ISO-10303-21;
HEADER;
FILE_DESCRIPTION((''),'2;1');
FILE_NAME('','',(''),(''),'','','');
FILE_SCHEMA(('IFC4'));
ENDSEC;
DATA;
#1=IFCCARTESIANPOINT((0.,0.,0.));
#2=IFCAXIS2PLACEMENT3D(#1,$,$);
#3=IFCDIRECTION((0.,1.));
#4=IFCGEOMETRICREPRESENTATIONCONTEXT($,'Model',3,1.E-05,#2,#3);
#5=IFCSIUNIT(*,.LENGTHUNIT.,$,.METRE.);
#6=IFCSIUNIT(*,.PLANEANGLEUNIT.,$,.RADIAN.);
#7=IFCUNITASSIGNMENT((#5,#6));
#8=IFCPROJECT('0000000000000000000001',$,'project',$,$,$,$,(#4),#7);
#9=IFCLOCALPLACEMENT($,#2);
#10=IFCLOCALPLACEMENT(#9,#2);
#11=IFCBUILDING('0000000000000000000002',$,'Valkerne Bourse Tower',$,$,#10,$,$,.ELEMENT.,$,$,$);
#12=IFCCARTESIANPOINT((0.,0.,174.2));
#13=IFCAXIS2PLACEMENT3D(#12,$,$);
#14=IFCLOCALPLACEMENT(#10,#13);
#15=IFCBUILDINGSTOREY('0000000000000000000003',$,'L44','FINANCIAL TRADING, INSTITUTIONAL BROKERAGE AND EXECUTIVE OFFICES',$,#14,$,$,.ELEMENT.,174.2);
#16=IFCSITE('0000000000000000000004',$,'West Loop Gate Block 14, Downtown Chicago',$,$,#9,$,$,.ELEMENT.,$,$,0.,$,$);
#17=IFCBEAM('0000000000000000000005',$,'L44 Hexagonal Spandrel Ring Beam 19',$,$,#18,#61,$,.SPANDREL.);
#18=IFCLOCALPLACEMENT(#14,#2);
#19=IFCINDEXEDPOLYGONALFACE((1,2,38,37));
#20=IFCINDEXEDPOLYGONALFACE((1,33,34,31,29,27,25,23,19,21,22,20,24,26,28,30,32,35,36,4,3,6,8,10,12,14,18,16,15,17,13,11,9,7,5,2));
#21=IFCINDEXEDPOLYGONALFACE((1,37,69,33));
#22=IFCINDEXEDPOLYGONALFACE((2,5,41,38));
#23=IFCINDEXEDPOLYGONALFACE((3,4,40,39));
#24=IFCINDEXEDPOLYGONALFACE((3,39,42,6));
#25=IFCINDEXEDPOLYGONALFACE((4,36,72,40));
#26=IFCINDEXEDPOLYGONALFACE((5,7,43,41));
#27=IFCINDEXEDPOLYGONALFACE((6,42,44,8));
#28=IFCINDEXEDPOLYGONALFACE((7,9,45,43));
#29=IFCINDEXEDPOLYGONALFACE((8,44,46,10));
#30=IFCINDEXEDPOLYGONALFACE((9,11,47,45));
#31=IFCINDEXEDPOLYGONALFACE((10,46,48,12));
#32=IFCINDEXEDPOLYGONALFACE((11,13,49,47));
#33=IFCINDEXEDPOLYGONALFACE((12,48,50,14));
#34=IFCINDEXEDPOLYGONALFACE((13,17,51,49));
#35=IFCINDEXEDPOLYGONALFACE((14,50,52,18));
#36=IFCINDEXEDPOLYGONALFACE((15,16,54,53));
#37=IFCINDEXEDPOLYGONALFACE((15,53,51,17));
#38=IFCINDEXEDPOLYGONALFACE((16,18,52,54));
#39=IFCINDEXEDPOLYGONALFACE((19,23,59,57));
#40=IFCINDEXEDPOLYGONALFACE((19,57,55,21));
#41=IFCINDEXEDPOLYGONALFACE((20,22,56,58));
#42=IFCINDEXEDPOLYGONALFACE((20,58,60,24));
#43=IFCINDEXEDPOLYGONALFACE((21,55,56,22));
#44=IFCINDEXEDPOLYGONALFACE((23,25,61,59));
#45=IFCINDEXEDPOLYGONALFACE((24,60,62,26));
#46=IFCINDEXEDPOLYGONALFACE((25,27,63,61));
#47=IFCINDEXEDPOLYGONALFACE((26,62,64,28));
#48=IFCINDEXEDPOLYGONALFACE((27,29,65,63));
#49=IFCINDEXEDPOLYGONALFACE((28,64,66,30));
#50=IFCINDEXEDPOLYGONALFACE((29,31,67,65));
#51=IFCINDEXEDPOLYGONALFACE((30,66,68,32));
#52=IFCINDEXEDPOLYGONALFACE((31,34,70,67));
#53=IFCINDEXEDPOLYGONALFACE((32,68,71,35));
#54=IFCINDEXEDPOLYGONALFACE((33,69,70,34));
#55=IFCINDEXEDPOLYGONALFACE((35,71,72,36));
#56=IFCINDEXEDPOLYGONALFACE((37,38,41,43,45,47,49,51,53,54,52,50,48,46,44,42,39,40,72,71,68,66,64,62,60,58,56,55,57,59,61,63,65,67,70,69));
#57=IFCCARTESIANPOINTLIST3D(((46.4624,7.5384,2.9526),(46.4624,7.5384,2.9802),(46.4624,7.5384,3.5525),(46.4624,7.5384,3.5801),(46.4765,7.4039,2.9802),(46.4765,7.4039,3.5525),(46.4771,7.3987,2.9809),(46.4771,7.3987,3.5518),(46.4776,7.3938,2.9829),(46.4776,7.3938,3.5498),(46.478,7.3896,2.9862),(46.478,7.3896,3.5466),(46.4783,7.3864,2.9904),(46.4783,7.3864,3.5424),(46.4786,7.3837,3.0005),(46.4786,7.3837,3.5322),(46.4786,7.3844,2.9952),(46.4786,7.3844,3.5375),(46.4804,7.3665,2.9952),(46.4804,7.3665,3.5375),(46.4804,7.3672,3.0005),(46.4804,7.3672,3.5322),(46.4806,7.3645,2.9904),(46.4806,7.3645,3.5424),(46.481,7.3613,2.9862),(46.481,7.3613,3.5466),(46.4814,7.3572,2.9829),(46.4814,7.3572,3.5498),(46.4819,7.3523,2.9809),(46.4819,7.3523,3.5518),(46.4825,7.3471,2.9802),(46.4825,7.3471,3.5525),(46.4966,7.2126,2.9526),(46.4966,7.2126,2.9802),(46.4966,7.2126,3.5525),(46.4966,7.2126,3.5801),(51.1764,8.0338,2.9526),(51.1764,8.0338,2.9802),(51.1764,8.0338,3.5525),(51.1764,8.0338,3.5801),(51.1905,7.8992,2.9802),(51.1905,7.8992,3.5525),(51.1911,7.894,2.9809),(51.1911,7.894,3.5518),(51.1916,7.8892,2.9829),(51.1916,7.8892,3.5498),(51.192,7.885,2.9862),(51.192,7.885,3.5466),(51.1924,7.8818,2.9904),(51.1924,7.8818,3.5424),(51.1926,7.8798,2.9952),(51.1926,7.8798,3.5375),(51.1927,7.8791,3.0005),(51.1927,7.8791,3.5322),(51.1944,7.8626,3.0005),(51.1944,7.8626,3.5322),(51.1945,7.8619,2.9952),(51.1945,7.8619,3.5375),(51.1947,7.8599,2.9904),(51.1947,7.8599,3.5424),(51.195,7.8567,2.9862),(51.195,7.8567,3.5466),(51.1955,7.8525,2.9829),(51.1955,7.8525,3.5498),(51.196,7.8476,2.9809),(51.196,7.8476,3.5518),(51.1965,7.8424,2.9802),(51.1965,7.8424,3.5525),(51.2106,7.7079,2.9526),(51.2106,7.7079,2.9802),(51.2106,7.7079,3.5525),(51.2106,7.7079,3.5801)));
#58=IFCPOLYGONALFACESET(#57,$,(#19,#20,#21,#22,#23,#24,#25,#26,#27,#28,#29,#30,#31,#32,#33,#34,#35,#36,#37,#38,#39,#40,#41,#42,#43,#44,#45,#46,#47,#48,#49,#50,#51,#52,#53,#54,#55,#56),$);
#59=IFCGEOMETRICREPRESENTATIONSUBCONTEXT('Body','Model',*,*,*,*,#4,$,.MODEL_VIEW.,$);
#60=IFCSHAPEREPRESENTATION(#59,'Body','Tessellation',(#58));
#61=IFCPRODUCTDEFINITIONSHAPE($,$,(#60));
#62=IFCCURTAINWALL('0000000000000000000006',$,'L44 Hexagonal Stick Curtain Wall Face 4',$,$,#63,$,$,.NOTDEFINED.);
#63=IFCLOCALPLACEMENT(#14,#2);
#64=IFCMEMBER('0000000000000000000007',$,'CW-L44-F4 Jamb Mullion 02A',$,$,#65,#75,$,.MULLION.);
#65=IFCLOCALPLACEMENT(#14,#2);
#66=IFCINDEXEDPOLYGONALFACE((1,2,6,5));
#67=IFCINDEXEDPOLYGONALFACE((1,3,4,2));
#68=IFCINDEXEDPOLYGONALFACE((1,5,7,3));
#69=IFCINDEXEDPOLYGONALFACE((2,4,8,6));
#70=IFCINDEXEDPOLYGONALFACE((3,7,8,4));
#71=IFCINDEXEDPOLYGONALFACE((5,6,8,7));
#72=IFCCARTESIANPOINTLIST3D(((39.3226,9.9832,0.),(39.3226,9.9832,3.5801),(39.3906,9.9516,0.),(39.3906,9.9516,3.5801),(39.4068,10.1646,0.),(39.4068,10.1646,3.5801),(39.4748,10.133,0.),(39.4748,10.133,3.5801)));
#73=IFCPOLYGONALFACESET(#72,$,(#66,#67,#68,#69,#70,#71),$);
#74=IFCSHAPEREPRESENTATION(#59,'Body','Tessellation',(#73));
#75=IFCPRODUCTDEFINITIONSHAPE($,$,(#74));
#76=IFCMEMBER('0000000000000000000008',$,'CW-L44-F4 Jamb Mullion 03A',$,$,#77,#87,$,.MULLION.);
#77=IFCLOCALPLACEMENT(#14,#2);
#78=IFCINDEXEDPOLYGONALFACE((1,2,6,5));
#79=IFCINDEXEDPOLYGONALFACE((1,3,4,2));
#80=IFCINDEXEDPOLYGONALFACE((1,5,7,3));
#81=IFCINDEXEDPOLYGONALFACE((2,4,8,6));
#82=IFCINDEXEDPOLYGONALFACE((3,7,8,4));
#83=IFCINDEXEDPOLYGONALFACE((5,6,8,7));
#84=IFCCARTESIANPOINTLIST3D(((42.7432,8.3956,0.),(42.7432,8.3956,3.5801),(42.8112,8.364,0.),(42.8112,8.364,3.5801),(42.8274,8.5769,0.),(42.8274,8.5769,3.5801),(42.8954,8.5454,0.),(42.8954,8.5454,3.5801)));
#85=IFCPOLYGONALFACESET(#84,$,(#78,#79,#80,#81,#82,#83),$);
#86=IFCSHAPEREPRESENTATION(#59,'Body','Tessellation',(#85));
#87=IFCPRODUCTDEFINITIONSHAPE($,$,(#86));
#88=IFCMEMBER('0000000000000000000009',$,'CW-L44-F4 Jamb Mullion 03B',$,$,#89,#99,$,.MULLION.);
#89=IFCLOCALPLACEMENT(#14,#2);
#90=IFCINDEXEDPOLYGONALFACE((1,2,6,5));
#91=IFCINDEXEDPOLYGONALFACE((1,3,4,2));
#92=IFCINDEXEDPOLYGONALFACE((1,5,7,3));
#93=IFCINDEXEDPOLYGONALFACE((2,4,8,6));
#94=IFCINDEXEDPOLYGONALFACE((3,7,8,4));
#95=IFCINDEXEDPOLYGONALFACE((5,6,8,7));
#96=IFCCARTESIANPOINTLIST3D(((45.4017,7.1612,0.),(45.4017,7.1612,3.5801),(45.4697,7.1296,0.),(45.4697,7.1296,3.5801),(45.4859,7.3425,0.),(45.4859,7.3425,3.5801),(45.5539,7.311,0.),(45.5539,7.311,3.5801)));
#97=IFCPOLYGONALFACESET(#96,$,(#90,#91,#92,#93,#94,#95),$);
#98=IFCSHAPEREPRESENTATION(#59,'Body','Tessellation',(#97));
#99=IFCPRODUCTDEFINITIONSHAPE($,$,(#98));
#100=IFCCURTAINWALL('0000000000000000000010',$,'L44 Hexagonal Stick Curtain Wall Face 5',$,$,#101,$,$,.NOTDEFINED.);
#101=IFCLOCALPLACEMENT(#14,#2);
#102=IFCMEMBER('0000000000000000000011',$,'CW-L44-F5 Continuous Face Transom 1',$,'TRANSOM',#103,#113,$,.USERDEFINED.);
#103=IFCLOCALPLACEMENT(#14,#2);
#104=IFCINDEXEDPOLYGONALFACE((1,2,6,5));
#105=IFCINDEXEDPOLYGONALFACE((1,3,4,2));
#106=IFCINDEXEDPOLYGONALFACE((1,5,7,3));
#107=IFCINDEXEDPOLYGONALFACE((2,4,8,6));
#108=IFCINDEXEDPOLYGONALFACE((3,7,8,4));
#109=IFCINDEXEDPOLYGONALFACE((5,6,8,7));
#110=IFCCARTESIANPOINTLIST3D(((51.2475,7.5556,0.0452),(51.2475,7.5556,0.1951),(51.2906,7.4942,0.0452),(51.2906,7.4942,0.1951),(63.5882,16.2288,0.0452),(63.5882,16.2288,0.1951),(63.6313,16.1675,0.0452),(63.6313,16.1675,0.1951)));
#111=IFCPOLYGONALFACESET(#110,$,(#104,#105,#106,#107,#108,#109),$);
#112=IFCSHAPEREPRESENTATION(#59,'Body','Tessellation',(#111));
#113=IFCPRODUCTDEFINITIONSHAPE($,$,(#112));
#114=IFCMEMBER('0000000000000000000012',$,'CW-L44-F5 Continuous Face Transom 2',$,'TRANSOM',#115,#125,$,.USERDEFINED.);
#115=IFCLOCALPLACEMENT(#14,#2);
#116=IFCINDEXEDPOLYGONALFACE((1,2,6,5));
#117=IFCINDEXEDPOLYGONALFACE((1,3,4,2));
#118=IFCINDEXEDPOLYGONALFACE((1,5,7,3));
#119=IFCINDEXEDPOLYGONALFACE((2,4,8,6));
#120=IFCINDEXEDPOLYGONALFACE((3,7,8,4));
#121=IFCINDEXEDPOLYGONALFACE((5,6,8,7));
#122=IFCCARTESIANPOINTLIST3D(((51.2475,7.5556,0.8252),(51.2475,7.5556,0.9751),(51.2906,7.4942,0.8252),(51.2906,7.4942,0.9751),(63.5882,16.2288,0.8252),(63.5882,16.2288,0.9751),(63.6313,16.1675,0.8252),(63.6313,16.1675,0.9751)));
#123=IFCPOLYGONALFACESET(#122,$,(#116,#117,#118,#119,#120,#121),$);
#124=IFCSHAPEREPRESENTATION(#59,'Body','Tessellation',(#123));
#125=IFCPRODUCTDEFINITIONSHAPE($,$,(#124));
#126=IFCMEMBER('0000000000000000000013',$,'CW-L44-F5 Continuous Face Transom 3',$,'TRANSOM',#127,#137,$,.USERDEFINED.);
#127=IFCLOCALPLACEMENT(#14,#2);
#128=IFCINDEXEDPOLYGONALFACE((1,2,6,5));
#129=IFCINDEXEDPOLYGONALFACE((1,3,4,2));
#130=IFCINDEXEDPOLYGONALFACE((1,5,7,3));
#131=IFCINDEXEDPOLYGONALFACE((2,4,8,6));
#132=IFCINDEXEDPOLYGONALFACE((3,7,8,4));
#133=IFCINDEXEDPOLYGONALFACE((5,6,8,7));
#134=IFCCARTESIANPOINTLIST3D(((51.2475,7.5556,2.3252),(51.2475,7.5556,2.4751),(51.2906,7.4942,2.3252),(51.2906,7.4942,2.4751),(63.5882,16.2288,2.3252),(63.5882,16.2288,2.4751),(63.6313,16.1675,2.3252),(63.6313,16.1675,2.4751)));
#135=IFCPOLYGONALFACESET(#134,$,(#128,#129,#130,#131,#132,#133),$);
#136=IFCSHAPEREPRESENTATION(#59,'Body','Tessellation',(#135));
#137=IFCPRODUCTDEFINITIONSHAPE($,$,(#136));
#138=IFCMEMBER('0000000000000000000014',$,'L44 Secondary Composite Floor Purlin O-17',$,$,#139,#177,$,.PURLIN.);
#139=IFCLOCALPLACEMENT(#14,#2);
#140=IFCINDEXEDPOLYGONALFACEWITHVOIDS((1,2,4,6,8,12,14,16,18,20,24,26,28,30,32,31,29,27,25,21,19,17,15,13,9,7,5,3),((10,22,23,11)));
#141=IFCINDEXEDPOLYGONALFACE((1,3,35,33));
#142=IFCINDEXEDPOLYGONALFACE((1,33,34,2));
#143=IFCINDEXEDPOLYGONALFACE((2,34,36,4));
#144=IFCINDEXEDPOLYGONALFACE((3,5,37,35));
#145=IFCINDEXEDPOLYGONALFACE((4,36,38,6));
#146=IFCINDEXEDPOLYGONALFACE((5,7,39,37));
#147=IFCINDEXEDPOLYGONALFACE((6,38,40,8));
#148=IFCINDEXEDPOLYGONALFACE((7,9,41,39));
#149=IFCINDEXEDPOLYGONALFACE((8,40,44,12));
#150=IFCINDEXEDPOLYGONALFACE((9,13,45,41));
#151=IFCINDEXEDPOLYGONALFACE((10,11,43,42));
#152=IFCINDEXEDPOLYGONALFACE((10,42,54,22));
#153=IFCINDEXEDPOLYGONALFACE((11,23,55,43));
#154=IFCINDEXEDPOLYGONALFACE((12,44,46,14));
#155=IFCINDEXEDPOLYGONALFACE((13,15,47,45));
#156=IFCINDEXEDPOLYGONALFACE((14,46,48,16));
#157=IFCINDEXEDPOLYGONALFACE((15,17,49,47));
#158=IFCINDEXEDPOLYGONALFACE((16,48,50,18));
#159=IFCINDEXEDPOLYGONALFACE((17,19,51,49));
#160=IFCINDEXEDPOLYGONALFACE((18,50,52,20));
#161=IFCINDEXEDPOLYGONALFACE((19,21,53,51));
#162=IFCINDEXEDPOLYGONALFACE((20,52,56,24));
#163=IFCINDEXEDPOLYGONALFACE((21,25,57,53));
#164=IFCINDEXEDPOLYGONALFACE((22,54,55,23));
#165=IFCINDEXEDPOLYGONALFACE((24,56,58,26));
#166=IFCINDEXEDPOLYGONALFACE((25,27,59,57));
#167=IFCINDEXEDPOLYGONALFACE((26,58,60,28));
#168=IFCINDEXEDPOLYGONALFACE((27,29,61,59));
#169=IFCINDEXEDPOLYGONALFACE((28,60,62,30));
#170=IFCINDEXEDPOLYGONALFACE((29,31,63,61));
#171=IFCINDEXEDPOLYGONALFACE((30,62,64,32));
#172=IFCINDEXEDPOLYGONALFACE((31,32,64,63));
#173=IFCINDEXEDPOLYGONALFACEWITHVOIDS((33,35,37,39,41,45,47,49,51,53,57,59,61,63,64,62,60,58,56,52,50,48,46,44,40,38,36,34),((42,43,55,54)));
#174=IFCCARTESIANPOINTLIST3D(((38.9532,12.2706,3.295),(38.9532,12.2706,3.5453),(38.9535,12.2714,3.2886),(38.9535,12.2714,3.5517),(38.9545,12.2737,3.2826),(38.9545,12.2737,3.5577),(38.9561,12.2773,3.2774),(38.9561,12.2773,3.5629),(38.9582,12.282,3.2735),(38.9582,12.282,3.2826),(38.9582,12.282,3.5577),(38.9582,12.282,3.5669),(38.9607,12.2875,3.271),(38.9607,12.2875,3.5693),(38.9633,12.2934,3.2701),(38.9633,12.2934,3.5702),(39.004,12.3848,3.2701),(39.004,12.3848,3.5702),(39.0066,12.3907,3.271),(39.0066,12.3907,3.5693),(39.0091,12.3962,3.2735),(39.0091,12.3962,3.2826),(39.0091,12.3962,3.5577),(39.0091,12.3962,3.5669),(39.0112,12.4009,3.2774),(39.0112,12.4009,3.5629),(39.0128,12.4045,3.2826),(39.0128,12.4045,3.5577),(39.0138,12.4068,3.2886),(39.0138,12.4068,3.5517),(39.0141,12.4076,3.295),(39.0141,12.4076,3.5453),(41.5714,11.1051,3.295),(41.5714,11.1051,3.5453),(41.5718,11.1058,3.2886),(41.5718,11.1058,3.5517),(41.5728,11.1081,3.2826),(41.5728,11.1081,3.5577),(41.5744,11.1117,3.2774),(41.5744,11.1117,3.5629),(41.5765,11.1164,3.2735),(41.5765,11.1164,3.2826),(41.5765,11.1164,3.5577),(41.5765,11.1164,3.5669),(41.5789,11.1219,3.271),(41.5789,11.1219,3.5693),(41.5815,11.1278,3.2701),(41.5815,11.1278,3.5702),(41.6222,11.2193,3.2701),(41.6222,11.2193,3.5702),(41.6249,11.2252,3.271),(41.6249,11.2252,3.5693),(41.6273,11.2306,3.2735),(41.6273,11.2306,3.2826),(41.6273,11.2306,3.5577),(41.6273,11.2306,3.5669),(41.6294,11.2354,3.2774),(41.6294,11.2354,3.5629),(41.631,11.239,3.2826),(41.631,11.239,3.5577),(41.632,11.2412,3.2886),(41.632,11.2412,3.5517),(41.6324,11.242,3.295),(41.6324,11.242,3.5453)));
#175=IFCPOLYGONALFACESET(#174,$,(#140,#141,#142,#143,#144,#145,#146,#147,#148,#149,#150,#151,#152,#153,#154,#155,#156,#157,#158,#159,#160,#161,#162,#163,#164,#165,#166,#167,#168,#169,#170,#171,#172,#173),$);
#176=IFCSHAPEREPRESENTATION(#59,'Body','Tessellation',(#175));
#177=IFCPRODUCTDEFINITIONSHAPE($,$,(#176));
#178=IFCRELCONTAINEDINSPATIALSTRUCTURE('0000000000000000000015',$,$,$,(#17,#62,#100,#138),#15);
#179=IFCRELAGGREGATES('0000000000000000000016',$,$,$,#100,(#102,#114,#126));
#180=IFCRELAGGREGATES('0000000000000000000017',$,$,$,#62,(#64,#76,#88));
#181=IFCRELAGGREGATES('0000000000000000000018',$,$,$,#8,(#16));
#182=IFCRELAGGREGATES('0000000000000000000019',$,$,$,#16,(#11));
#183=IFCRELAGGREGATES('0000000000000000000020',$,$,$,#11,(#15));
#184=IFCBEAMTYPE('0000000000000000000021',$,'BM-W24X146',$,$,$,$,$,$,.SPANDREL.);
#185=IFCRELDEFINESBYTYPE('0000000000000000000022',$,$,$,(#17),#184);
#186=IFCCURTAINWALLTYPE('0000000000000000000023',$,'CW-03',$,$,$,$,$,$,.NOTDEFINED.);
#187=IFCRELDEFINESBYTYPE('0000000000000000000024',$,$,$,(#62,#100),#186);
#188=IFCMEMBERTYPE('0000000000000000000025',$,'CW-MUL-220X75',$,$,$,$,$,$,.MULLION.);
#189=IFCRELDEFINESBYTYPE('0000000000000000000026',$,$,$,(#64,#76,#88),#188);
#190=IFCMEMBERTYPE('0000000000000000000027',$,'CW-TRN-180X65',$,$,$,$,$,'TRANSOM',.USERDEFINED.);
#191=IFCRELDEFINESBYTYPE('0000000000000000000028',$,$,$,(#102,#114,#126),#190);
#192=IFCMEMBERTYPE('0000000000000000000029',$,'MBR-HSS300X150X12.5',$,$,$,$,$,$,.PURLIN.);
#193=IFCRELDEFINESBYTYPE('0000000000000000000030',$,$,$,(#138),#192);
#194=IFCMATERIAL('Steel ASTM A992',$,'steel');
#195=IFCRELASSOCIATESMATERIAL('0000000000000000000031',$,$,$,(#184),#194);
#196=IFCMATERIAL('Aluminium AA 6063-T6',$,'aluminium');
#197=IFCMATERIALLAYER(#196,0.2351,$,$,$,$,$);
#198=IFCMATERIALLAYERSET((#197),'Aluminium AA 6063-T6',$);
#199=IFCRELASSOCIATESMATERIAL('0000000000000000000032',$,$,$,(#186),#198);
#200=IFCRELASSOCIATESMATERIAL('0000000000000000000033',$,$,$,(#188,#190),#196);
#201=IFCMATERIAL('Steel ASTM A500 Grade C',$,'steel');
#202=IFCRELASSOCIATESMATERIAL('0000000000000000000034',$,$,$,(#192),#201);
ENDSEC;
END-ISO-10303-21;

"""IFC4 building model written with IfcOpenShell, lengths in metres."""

from ifc_helpers import new_model, si_unit, direction, frame, origin, origin_2d, place, context, subcontext, project, spatial, rectangle, hollow_rectangle, i_section, extrude, material, layer, layer_set, material_profile, profile_set, type_object, element, aggregate, save


model = new_model("IFC4")

# Units and contexts
model_context = context("Model", 3, precision=1e-05, world=origin(), true_north=direction((0.0, 1.0)))
body_context = subcontext(model_context, "Body", "Model", "MODEL_VIEW")
ifc_project = project(units=[si_unit("LENGTHUNIT", "METRE"), si_unit("PLANEANGLEUNIT", "RADIAN")], contexts=[model_context])

# Site, building, storey
site_placement = place(None, origin())
site = spatial("IfcSite", under=ifc_project, at=site_placement, Name="West Loop Gate Block 14, Downtown Chicago", CompositionType="ELEMENT", RefElevation=0.0)
building_placement = place(site_placement, origin())
building = spatial("IfcBuilding", under=site, at=building_placement, Name="Valkerne Bourse Tower", CompositionType="ELEMENT")
storey_placement = place(building_placement, frame((0.0, 0.0, 174.2)))
storey = spatial("IfcBuildingStorey", under=building, at=storey_placement, Name="L44", Description="FINANCIAL TRADING, INSTITUTIONAL BROKERAGE AND EXECUTIVE OFFICES", CompositionType="ELEMENT", Elevation=174.2)

# Beam
ifc_material_1 = material(Name="Steel ASTM A992", Category="steel")
ifc_material_profile_1 = material_profile(ifc_material_1, i_section(OverallWidth=0.3276, OverallDepth=0.6274, WebThickness=0.0166, FlangeThickness=0.0276, FilletRadius=0.0203, at=origin_2d()), Name="W24X146")
ifc_profile_set_1 = profile_set([ifc_material_profile_1], Name="Steel ASTM A992")
beam_type_1 = type_object("IfcBeamType", Name="BM-W24X146", PredefinedType="SPANDREL", material=ifc_profile_set_1)
beam_1_placement = place(storey_placement, frame((46.4795, 7.3755, 3.2664), z_axis=(0.994524, 0.104505, 0.0), x_axis=(-0.104505, 0.994524, 0.0)))
element("IfcBeam", 1, at=beam_1_placement, inside=storey, type_object=beam_type_1, Name="L44 Hexagonal Spandrel Ring Beam 19", PredefinedType="SPANDREL", context=body_context, shape_type="SweptSolid", body=[
    extrude(i_section(OverallWidth=0.3276, OverallDepth=0.6274, WebThickness=0.0166, FlangeThickness=0.0276, FilletRadius=0.0203, at=origin_2d()), origin(), (0.0, 0.0, 1.0), 4.74),
])

# Curtain walls, members
ifc_material_2 = material(Name="Aluminium AA 6063-T6", Category="aluminium")
ifc_layer_1 = layer(ifc_material_2, 0.2351)
ifc_layer_set_1 = layer_set([ifc_layer_1], Name="Aluminium AA 6063-T6")
curtain_wall_type = type_object("IfcCurtainWallType", Name="CW-03", PredefinedType="NOTDEFINED", material=ifc_layer_set_1)
curtain_wall_1_placement = place(storey_placement, origin())
curtain_wall_1 = element("IfcCurtainWall", 2, at=curtain_wall_1_placement, inside=storey, type_object=curtain_wall_type, Name="L44 Hexagonal Stick Curtain Wall Face 4", PredefinedType="NOTDEFINED")
ifc_material_profile_2 = material_profile(ifc_material_2, rectangle(XDim=0.075, YDim=0.2, at=origin_2d()), Name="CWM-75X200")
ifc_profile_set_2 = profile_set([ifc_material_profile_2], Name="Aluminium AA 6063-T6")
member_type_1 = type_object("IfcMemberType", Name="CW-MUL-220X75", PredefinedType="MULLION", material=ifc_profile_set_2)
member_1_placement = place(storey_placement, frame((39.3987, 10.0581, 0.0), z_axis=(0.0, 0.0, 1.0), x_axis=(0.907048, -0.421026, 0.0)))
member_1 = element("IfcMember", 3, at=member_1_placement, type_object=member_type_1, Name="CW-L44-F4 Jamb Mullion 02A", PredefinedType="MULLION", context=body_context, shape_type="SweptSolid", body=[
    extrude(rectangle(XDim=0.075, YDim=0.2, at=origin_2d()), origin(), (0.0, 0.0, 1.0), 3.5801),
])
member_2_placement = place(storey_placement, frame((42.8193, 8.4705, 0.0), z_axis=(0.0, 0.0, 1.0), x_axis=(0.907038, -0.421048, 0.0)))
member_2 = element("IfcMember", 4, at=member_2_placement, type_object=member_type_1, Name="CW-L44-F4 Jamb Mullion 03A", PredefinedType="MULLION", context=body_context, shape_type="SweptSolid", body=[
    extrude(rectangle(XDim=0.075, YDim=0.2, at=origin_2d()), origin(), (0.0, 0.0, 1.0), 3.5801),
])
member_3_placement = place(storey_placement, frame((45.4778, 7.2361, 0.0), z_axis=(0.0, 0.0, 1.0), x_axis=(0.907038, -0.421048, 0.0)))
member_3 = element("IfcMember", 5, at=member_3_placement, type_object=member_type_1, Name="CW-L44-F4 Jamb Mullion 03B", PredefinedType="MULLION", context=body_context, shape_type="SweptSolid", body=[
    extrude(rectangle(XDim=0.075, YDim=0.2, at=origin_2d()), origin(), (0.0, 0.0, 1.0), 3.5801),
])
curtain_wall_2_placement = place(storey_placement, origin())
curtain_wall_2 = element("IfcCurtainWall", 6, at=curtain_wall_2_placement, inside=storey, type_object=curtain_wall_type, Name="L44 Hexagonal Stick Curtain Wall Face 5", PredefinedType="NOTDEFINED")
ifc_material_profile_3 = material_profile(ifc_material_2, rectangle(XDim=0.075, YDim=0.1499, at=origin_2d()), Name="CWT-75X150")
ifc_profile_set_3 = profile_set([ifc_material_profile_3], Name="Aluminium AA 6063-T6")
member_type_2 = type_object("IfcMemberType", Name="CW-TRN-180X65", ElementType="TRANSOM", PredefinedType="USERDEFINED", material=ifc_profile_set_3)
member_4_placement = place(storey_placement, frame((51.269, 7.5249, 0.1201), z_axis=(0.818148, 0.575008, 0.0), x_axis=(-0.575008, 0.818148, 0.0)))
member_4 = element("IfcMember", 7, at=member_4_placement, type_object=member_type_2, Name="CW-L44-F5 Continuous Face Transom 1", ObjectType="TRANSOM", PredefinedType="USERDEFINED", context=body_context, shape_type="SweptSolid", body=[
    extrude(rectangle(XDim=0.075, YDim=0.1499, at=origin_2d()), origin(), (0.0, 0.0, 1.0), 15.0837),
])
member_5_placement = place(storey_placement, frame((51.269, 7.5249, 0.9001), z_axis=(0.818148, 0.575008, 0.0), x_axis=(-0.575008, 0.818148, 0.0)))
member_5 = element("IfcMember", 8, at=member_5_placement, type_object=member_type_2, Name="CW-L44-F5 Continuous Face Transom 2", ObjectType="TRANSOM", PredefinedType="USERDEFINED", context=body_context, shape_type="SweptSolid", body=[
    extrude(rectangle(XDim=0.075, YDim=0.1499, at=origin_2d()), origin(), (0.0, 0.0, 1.0), 15.0837),
])
member_6_placement = place(storey_placement, frame((51.269, 7.5249, 2.4001), z_axis=(0.818148, 0.575008, 0.0), x_axis=(-0.575008, 0.818148, 0.0)))
member_6 = element("IfcMember", 9, at=member_6_placement, type_object=member_type_2, Name="CW-L44-F5 Continuous Face Transom 3", ObjectType="TRANSOM", PredefinedType="USERDEFINED", context=body_context, shape_type="SweptSolid", body=[
    extrude(rectangle(XDim=0.075, YDim=0.1499, at=origin_2d()), origin(), (0.0, 0.0, 1.0), 15.0837),
])
aggregate(curtain_wall_2, [member_4, member_5, member_6])

# Member
ifc_material_3 = material(Name="Steel ASTM A500 Grade C", Category="steel")
ifc_material_profile_4 = material_profile(ifc_material_3, hollow_rectangle(XDim=0.1499, YDim=0.3, WallThickness=0.0125, OuterFilletRadius=0.0249, at=origin_2d()), Name="HSS300X150X12.5")
ifc_profile_set_4 = profile_set([ifc_material_profile_4], Name="Steel ASTM A500 Grade C")
member_type_3 = type_object("IfcMemberType", Name="MBR-HSS300X150X12.5", PredefinedType="PURLIN", material=ifc_profile_set_4)
member_7_placement = place(storey_placement, frame((38.9836, 12.3391, 3.4202), z_axis=(0.913565, -0.406692, 0.0), x_axis=(0.406692, 0.913565, 0.0)))
element("IfcMember", 10, at=member_7_placement, inside=storey, type_object=member_type_3, Name="L44 Secondary Composite Floor Purlin O-17", PredefinedType="PURLIN", context=body_context, shape_type="SweptSolid", body=[
    extrude(hollow_rectangle(XDim=0.1499, YDim=0.3, WallThickness=0.0125, OuterFilletRadius=0.0249, at=origin_2d()), origin(), (0.0, 0.0, 1.0), 2.866),
])

aggregate(curtain_wall_1, [member_1, member_2, member_3])

save(model, "model.ifc")
